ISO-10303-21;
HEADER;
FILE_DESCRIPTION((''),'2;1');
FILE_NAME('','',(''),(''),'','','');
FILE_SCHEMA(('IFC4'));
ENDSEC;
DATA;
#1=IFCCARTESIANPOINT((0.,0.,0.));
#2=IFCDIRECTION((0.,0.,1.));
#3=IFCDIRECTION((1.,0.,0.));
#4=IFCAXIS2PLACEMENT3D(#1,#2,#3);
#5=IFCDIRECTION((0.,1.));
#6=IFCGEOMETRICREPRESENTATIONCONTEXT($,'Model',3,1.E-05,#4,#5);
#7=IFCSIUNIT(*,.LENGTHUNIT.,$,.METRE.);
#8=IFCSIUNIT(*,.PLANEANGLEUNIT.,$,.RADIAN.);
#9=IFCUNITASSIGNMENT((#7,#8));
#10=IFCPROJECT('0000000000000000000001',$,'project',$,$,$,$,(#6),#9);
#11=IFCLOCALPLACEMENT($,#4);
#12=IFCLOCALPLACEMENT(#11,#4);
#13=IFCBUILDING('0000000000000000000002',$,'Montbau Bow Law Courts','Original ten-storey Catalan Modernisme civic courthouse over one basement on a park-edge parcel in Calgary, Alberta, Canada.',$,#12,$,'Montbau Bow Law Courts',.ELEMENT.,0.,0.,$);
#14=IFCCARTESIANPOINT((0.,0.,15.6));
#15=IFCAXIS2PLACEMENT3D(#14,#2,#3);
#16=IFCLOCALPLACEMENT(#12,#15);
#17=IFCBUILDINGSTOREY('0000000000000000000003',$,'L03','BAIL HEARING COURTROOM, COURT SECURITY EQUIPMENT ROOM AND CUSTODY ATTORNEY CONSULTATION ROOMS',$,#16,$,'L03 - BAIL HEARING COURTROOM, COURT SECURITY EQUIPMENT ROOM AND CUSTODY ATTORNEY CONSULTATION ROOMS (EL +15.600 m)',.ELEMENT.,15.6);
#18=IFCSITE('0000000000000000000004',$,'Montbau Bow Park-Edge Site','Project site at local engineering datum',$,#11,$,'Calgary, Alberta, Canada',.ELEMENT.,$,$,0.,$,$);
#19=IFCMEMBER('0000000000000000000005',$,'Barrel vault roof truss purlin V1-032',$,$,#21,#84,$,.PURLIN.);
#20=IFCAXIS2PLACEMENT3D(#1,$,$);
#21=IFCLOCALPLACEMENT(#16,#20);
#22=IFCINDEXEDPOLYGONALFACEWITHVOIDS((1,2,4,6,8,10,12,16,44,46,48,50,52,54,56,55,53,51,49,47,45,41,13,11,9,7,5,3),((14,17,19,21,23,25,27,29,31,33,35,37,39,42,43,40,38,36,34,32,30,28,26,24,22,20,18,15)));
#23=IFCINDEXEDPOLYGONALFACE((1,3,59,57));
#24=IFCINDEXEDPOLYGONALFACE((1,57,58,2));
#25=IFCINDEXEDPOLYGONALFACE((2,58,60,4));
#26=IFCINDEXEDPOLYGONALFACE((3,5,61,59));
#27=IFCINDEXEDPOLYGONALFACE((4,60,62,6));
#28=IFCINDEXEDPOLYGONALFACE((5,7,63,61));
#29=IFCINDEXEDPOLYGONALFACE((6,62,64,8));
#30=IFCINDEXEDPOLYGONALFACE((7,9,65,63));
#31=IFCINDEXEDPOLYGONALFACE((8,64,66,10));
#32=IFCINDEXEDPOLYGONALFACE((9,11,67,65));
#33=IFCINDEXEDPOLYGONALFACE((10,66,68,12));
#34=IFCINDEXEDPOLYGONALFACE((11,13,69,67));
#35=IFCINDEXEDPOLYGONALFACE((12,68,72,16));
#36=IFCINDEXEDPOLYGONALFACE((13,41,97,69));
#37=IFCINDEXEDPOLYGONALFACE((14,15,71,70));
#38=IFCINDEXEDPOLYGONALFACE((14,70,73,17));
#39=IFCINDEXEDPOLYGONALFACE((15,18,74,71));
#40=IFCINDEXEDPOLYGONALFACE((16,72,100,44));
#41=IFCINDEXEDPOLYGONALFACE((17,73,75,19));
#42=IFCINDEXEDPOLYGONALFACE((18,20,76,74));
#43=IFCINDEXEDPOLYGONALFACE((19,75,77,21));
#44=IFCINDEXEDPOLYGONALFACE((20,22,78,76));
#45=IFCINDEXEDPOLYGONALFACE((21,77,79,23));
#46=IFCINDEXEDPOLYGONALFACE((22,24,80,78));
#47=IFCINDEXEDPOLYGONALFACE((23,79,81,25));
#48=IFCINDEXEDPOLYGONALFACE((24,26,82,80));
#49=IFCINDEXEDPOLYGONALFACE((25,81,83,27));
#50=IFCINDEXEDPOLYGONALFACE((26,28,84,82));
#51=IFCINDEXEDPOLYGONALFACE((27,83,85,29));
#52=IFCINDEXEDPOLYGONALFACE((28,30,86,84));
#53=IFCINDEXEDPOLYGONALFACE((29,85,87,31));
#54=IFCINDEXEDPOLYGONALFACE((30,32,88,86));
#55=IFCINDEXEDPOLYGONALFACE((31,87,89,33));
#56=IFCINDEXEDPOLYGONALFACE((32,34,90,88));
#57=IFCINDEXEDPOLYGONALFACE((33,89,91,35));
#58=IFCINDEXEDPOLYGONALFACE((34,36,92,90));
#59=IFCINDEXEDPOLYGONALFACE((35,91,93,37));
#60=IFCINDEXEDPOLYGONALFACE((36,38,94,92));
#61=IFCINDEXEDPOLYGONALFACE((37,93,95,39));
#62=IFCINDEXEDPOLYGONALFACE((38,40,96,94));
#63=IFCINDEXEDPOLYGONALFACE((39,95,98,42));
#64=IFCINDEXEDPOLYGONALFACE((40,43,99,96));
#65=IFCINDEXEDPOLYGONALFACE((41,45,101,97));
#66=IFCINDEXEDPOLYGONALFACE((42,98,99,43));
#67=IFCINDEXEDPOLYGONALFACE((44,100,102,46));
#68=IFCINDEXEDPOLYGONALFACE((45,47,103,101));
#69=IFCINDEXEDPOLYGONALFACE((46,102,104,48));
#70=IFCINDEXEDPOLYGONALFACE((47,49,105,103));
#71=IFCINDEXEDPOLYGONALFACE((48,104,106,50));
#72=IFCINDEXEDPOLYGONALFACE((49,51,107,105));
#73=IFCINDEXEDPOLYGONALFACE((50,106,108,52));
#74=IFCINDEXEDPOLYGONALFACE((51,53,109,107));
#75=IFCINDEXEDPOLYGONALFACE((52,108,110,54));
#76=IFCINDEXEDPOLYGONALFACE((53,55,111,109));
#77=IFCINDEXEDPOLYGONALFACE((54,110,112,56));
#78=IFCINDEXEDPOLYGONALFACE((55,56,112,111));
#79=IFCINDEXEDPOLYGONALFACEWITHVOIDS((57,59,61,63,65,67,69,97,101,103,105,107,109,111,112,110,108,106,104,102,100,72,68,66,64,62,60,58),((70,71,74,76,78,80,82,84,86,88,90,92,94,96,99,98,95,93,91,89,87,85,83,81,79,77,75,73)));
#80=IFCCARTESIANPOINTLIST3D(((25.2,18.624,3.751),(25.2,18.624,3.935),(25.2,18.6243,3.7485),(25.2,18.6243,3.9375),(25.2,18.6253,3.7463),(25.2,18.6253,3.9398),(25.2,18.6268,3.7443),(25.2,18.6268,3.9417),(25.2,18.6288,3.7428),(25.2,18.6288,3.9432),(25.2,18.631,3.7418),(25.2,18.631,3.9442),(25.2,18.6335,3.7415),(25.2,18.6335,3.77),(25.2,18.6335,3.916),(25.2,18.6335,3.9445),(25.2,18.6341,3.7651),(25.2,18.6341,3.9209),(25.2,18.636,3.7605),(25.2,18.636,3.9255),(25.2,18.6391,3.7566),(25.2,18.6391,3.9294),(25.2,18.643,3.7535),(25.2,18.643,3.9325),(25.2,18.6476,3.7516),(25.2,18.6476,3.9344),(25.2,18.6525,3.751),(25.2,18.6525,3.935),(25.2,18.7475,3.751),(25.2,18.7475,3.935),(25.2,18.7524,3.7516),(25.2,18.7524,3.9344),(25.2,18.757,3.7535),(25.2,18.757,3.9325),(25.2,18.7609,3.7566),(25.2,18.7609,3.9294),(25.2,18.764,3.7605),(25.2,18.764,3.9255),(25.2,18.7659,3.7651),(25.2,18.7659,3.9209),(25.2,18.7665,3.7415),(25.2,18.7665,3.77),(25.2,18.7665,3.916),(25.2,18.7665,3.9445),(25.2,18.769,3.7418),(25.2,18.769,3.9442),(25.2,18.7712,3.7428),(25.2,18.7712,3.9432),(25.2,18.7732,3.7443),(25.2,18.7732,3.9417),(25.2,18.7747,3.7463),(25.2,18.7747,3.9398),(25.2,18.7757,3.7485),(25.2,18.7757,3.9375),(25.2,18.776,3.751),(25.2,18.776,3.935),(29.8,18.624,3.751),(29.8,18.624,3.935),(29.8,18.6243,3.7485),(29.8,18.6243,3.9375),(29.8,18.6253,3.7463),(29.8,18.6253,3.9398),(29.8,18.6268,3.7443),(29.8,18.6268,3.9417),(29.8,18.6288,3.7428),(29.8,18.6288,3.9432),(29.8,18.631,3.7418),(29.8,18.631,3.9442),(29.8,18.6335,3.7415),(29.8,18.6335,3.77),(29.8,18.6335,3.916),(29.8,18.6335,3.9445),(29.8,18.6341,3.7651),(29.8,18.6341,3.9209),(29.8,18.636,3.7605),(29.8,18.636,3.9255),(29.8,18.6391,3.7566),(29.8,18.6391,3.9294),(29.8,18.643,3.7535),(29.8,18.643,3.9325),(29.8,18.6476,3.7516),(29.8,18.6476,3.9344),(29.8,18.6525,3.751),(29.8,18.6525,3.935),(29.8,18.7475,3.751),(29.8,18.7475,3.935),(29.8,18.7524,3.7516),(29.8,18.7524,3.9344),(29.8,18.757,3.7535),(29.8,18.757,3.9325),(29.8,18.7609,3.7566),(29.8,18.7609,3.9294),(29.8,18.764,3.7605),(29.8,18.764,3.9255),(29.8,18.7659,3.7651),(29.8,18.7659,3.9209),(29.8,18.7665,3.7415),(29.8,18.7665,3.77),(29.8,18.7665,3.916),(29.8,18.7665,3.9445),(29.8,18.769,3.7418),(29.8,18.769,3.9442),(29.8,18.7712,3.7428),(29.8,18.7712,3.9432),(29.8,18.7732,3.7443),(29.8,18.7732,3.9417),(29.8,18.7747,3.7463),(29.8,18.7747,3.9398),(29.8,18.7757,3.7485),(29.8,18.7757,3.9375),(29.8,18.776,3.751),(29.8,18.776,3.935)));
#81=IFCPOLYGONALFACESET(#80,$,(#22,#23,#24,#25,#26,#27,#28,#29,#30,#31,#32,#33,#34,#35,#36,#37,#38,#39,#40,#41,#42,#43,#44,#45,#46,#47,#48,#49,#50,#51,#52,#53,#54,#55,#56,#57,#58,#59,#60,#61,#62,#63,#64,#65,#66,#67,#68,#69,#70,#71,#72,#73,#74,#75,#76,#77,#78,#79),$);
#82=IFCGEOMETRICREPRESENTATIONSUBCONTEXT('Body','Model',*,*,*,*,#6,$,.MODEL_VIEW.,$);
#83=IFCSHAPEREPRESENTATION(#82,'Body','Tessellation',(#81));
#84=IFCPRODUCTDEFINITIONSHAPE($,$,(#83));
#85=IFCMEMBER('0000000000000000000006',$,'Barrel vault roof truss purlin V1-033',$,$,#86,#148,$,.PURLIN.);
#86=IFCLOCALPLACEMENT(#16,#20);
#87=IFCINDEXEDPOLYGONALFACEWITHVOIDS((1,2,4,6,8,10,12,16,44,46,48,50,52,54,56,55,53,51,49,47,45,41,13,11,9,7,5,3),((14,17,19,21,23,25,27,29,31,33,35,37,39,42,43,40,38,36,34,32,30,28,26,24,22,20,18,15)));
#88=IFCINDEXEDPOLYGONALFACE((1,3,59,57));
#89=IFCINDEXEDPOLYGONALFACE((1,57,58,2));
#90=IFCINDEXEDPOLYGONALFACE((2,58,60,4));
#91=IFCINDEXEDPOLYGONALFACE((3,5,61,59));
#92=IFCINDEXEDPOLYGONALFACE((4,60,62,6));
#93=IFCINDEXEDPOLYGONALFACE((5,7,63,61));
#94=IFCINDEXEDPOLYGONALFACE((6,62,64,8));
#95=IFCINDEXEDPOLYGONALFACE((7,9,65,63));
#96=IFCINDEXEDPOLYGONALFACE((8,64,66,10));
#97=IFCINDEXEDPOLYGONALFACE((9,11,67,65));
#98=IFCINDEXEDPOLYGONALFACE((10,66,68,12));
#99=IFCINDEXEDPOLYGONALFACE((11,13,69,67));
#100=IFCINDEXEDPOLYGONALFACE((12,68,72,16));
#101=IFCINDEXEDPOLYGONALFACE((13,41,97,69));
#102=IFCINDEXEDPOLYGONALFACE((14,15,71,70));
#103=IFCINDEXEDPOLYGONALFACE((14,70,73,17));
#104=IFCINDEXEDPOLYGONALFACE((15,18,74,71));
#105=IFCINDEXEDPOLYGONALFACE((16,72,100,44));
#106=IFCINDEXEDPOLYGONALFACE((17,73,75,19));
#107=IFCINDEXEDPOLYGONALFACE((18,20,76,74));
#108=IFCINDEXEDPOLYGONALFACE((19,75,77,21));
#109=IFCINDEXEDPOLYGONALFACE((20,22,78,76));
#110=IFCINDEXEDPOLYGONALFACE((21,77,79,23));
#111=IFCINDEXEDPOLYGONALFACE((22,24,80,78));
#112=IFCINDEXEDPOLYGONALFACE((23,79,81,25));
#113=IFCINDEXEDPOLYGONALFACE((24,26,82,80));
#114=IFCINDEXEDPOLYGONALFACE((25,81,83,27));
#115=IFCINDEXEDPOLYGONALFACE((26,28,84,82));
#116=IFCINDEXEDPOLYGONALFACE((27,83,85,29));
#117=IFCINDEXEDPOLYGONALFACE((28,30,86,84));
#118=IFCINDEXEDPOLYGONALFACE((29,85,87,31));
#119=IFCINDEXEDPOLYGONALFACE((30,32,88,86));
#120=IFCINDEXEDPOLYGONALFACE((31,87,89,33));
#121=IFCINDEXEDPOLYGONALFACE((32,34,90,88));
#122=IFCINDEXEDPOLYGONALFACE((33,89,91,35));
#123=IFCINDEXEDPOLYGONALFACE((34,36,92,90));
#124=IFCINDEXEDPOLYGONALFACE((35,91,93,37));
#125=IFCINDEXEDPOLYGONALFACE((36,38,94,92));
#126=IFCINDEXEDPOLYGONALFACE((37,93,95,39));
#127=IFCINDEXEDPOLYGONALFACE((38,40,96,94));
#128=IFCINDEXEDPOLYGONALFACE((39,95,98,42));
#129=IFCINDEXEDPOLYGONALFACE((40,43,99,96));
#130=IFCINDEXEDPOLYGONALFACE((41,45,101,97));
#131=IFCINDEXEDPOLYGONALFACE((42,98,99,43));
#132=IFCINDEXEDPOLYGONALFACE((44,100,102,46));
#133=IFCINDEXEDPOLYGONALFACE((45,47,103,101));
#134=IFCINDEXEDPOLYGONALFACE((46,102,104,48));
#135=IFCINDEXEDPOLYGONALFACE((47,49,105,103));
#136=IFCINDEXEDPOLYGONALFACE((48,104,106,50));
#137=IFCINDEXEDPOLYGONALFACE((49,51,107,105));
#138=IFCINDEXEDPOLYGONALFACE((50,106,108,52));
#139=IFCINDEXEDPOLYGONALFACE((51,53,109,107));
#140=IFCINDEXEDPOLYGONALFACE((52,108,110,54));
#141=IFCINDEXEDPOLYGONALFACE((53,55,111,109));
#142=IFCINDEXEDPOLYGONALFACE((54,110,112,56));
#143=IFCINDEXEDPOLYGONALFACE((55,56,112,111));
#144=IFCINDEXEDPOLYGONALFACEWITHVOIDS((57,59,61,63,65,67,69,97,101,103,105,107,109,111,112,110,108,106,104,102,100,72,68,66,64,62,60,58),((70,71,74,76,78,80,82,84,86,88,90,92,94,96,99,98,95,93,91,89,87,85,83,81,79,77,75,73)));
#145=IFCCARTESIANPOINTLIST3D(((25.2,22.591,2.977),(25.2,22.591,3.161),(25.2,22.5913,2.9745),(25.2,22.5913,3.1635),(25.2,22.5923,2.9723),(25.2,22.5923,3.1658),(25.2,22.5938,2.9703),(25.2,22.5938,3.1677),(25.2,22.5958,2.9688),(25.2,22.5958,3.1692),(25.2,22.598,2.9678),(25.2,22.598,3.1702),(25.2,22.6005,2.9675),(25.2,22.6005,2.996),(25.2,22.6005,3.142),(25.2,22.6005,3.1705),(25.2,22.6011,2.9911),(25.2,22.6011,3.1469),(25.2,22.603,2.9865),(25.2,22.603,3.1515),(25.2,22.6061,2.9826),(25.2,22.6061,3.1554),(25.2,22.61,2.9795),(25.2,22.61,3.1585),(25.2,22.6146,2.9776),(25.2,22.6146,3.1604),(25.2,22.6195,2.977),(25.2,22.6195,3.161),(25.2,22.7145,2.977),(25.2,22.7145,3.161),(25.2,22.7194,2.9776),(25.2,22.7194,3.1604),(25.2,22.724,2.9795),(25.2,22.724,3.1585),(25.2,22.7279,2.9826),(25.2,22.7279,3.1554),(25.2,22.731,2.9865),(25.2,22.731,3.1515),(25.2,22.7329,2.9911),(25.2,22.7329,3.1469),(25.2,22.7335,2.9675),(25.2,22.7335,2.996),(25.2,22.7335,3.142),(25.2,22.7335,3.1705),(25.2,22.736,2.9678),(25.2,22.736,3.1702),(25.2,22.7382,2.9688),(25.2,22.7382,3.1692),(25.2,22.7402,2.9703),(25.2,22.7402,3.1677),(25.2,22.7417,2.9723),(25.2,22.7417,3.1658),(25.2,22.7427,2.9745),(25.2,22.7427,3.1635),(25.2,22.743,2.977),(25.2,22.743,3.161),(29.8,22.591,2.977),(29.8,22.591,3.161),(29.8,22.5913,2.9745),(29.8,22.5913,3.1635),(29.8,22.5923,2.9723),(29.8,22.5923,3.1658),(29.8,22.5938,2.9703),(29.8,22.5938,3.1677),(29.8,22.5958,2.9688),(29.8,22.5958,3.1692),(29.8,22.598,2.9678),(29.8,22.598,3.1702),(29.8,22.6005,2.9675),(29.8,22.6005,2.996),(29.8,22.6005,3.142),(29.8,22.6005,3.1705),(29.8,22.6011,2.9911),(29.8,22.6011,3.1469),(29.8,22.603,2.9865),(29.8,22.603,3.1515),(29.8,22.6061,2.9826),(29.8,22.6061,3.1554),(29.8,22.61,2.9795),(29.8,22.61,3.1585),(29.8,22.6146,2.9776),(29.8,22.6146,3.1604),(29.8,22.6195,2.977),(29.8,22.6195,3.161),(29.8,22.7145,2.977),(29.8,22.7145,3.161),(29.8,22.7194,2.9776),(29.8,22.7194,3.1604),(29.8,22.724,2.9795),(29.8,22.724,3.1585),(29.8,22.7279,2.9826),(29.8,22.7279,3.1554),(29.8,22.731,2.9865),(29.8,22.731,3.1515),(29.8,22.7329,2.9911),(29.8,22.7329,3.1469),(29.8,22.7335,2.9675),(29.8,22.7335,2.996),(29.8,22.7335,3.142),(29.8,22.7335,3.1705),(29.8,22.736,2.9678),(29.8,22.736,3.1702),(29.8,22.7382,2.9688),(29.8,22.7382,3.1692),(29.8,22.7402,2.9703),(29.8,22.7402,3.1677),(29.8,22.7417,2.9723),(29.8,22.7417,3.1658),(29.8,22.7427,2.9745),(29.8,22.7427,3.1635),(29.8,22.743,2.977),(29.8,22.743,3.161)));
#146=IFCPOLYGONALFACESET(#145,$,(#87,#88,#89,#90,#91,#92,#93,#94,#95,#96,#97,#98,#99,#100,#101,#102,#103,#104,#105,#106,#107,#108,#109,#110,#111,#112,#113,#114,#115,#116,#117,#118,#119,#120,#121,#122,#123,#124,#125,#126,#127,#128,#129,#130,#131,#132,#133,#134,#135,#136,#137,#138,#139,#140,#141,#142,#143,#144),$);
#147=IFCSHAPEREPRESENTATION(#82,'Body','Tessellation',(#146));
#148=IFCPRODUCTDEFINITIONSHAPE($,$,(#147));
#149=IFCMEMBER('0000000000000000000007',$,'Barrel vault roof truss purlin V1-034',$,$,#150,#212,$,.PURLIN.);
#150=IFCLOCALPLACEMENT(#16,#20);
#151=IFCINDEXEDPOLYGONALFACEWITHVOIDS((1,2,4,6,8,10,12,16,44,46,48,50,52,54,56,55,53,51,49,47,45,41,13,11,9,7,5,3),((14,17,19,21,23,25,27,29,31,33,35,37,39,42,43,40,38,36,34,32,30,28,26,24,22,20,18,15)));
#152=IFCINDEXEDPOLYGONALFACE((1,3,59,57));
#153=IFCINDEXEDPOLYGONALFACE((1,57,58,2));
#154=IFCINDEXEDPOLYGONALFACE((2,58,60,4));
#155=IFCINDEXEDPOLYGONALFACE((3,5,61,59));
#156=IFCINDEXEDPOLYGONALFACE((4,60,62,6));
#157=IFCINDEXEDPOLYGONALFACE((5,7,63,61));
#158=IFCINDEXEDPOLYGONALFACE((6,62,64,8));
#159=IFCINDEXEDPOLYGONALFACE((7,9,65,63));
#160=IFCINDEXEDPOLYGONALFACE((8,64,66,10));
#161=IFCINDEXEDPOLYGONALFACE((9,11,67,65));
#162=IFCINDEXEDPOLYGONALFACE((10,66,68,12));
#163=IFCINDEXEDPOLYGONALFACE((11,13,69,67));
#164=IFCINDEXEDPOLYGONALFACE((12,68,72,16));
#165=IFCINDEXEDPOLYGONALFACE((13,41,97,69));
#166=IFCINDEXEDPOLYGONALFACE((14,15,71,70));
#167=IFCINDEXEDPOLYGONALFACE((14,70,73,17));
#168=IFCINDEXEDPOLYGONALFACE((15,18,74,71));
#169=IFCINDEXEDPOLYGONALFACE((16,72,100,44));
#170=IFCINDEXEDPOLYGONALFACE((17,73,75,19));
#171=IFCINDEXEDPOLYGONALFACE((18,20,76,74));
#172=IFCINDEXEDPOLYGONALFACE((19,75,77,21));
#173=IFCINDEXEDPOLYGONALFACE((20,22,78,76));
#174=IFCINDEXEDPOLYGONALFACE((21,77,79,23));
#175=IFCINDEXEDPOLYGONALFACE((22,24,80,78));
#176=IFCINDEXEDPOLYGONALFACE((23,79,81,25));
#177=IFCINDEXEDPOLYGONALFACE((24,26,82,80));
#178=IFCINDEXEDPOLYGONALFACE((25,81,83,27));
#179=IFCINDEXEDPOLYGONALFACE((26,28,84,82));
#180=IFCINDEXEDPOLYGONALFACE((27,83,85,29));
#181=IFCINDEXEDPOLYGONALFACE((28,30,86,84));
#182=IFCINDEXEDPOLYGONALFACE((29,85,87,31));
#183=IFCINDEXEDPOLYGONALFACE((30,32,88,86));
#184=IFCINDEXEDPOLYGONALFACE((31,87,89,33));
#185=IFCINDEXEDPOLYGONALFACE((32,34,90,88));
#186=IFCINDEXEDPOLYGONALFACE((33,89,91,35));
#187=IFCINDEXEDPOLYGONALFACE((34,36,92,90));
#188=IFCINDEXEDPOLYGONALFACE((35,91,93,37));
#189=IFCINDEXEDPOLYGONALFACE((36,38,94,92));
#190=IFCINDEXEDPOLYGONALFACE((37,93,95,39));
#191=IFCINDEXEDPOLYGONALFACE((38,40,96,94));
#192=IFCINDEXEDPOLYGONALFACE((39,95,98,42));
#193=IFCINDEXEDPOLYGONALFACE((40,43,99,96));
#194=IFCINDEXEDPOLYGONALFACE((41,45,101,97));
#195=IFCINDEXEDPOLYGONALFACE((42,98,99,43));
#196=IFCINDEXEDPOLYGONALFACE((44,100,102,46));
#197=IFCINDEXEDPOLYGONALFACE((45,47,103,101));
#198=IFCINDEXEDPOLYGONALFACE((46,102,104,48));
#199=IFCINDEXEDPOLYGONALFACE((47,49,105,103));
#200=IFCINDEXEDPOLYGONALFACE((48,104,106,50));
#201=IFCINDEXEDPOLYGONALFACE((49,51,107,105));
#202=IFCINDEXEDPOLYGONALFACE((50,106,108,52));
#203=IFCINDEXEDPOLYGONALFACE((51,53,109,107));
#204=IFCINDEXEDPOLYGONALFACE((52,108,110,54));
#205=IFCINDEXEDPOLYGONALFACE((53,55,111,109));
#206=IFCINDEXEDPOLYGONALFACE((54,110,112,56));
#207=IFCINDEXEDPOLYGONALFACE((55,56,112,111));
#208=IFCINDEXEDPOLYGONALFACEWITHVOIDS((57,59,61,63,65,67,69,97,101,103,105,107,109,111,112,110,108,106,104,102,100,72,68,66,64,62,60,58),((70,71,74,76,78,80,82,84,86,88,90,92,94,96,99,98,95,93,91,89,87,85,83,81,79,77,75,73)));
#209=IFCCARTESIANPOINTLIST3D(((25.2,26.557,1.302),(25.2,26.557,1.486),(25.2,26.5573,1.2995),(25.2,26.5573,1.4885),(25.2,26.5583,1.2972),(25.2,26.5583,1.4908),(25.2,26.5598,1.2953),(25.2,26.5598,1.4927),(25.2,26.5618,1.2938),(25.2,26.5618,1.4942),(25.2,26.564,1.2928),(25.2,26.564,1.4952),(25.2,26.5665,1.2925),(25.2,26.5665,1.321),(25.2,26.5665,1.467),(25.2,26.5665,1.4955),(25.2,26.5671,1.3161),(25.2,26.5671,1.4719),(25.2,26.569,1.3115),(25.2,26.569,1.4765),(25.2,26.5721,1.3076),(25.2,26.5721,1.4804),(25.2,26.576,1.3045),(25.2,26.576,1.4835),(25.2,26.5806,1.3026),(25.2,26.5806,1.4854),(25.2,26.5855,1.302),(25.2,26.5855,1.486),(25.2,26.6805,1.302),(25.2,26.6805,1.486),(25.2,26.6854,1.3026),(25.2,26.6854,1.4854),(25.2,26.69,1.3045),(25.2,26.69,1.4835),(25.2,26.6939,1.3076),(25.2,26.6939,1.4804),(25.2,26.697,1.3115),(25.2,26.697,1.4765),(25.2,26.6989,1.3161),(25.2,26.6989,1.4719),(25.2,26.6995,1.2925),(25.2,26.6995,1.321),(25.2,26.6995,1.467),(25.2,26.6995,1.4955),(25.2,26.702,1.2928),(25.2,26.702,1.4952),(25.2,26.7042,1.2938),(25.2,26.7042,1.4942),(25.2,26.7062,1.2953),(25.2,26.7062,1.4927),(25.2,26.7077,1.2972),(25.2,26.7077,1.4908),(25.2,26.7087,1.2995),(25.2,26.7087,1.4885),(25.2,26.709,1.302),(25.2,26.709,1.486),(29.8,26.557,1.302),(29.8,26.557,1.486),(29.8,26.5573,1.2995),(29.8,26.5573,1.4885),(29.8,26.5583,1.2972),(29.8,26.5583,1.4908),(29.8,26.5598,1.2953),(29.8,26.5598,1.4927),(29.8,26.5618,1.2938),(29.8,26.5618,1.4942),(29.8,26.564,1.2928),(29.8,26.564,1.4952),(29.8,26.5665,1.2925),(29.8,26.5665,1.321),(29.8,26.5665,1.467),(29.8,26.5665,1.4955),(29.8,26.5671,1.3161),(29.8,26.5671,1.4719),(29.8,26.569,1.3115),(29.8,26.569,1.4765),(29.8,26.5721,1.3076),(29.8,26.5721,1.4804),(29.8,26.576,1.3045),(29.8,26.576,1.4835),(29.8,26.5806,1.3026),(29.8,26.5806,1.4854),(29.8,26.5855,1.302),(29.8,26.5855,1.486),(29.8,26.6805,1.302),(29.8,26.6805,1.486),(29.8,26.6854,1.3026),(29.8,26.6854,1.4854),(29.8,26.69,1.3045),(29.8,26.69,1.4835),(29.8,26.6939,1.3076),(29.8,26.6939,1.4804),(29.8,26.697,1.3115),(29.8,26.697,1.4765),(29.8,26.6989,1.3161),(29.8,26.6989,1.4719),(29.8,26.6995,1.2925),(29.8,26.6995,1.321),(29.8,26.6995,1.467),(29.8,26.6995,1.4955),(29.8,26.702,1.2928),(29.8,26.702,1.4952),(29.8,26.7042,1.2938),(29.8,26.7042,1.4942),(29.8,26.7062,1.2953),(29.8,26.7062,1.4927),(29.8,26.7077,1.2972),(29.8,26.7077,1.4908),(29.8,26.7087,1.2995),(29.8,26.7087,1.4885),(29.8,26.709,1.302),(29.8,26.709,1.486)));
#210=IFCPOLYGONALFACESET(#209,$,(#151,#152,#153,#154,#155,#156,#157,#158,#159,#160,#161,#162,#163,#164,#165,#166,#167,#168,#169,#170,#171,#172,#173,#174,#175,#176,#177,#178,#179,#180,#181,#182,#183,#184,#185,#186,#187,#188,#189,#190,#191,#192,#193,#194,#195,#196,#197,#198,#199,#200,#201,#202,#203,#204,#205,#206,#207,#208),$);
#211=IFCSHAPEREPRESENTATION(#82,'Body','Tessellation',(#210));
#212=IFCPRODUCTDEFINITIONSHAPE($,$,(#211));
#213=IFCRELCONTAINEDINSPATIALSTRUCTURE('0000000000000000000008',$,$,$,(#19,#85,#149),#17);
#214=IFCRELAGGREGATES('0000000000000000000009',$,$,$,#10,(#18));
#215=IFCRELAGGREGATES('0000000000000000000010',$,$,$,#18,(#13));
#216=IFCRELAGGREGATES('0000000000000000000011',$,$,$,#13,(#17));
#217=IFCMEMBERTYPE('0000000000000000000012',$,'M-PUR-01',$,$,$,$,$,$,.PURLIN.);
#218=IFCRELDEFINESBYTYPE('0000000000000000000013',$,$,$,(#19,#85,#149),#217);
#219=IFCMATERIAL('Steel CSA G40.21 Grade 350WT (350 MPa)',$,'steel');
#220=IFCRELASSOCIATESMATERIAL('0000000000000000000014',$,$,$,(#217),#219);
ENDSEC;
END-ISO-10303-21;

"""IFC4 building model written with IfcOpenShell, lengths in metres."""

from ifc_helpers import new_model, si_unit, direction, frame, origin_with_axes, origin_2d_with_axis, place, context, subcontext, project, spatial, hollow_rectangle, extrude, material, material_profile, profile_set, type_object, element, save


model = new_model("IFC4")

# Units and contexts
model_context = context("Model", 3, precision=1e-05, world=origin_with_axes(), true_north=direction((0.0, 1.0)))
body_context = subcontext(model_context, "Body", "Model", "MODEL_VIEW")
ifc_project = project(units=[si_unit("LENGTHUNIT", "METRE"), si_unit("PLANEANGLEUNIT", "RADIAN")], contexts=[model_context])

# Site, building, storey
site_placement = place(None, origin_with_axes())
site = spatial("IfcSite", under=ifc_project, at=site_placement, Name="Montbau Bow Park-Edge Site", Description="Project site at local engineering datum", LongName="Calgary, Alberta, Canada", CompositionType="ELEMENT", RefElevation=0.0)
building_placement = place(site_placement, origin_with_axes())
building = spatial("IfcBuilding", under=site, at=building_placement, Name="Montbau Bow Law Courts", Description="Original ten-storey Catalan Modernisme civic courthouse over one basement on a park-edge parcel in Calgary, Alberta, Canada.", LongName="Montbau Bow Law Courts", CompositionType="ELEMENT", ElevationOfRefHeight=0.0, ElevationOfTerrain=0.0)
storey_placement = place(building_placement, frame((0.0, 0.0, 15.6), z_axis=(0.0, 0.0, 1.0), x_axis=(1.0, 0.0, 0.0)))
storey = spatial("IfcBuildingStorey", under=building, at=storey_placement, Name="L03", Description="BAIL HEARING COURTROOM, COURT SECURITY EQUIPMENT ROOM AND CUSTODY ATTORNEY CONSULTATION ROOMS", LongName="L03 - BAIL HEARING COURTROOM, COURT SECURITY EQUIPMENT ROOM AND CUSTODY ATTORNEY CONSULTATION ROOMS (EL +15.600 m)", CompositionType="ELEMENT", Elevation=15.6)

# Shared definitions
ifc_material_1 = material(Name="Steel CSA G40.21 Grade 350WT (350 MPa)", Category="steel")

# Members
ifc_material_profile_1 = material_profile(ifc_material_1, hollow_rectangle(XDim=0.152, YDim=0.203, WallThickness=0.0095, InnerFilletRadius=0.019, OuterFilletRadius=0.0095, at=origin_2d_with_axis()), Name="HSS203X152X9.5", Category="Main", Priority=0)
ifc_profile_set_1 = profile_set([ifc_material_profile_1], Name="Steel CSA G40.21 Grade 350WT (350 MPa)")
member_type = type_object("IfcMemberType", Name="M-PUR-01", PredefinedType="PURLIN", material=ifc_profile_set_1)
for number, where, z_axis, x_axis, name in (
    (1, (25.2, 18.7, 19.443), (1.0, 0.0, 0.0), (0.0, 1.0, 0.0), "Barrel vault roof truss purlin V1-032"),
    (2, (25.2, 22.667, 18.669), (1.0, 0.0, 0.0), (0.0, 1.0, 0.0), "Barrel vault roof truss purlin V1-033"),
    (3, (25.2, 26.633, 16.994), (1.0, 0.0, 0.0), (0.0, 1.0, 0.0), "Barrel vault roof truss purlin V1-034"),
):
    element("IfcMember", number, at=place(None, frame(where, z_axis=z_axis, x_axis=x_axis)), inside=storey, type_object=member_type, Name=name, PredefinedType="PURLIN", context=body_context, shape_type="SweptSolid", body=[
        extrude(hollow_rectangle(XDim=0.152, YDim=0.203, WallThickness=0.0095, InnerFilletRadius=0.019, OuterFilletRadius=0.0095, at=origin_2d_with_axis()), origin_with_axes(), (0.0, 0.0, 1.0), 4.6),
    ])

save(model, "model.ifc")
